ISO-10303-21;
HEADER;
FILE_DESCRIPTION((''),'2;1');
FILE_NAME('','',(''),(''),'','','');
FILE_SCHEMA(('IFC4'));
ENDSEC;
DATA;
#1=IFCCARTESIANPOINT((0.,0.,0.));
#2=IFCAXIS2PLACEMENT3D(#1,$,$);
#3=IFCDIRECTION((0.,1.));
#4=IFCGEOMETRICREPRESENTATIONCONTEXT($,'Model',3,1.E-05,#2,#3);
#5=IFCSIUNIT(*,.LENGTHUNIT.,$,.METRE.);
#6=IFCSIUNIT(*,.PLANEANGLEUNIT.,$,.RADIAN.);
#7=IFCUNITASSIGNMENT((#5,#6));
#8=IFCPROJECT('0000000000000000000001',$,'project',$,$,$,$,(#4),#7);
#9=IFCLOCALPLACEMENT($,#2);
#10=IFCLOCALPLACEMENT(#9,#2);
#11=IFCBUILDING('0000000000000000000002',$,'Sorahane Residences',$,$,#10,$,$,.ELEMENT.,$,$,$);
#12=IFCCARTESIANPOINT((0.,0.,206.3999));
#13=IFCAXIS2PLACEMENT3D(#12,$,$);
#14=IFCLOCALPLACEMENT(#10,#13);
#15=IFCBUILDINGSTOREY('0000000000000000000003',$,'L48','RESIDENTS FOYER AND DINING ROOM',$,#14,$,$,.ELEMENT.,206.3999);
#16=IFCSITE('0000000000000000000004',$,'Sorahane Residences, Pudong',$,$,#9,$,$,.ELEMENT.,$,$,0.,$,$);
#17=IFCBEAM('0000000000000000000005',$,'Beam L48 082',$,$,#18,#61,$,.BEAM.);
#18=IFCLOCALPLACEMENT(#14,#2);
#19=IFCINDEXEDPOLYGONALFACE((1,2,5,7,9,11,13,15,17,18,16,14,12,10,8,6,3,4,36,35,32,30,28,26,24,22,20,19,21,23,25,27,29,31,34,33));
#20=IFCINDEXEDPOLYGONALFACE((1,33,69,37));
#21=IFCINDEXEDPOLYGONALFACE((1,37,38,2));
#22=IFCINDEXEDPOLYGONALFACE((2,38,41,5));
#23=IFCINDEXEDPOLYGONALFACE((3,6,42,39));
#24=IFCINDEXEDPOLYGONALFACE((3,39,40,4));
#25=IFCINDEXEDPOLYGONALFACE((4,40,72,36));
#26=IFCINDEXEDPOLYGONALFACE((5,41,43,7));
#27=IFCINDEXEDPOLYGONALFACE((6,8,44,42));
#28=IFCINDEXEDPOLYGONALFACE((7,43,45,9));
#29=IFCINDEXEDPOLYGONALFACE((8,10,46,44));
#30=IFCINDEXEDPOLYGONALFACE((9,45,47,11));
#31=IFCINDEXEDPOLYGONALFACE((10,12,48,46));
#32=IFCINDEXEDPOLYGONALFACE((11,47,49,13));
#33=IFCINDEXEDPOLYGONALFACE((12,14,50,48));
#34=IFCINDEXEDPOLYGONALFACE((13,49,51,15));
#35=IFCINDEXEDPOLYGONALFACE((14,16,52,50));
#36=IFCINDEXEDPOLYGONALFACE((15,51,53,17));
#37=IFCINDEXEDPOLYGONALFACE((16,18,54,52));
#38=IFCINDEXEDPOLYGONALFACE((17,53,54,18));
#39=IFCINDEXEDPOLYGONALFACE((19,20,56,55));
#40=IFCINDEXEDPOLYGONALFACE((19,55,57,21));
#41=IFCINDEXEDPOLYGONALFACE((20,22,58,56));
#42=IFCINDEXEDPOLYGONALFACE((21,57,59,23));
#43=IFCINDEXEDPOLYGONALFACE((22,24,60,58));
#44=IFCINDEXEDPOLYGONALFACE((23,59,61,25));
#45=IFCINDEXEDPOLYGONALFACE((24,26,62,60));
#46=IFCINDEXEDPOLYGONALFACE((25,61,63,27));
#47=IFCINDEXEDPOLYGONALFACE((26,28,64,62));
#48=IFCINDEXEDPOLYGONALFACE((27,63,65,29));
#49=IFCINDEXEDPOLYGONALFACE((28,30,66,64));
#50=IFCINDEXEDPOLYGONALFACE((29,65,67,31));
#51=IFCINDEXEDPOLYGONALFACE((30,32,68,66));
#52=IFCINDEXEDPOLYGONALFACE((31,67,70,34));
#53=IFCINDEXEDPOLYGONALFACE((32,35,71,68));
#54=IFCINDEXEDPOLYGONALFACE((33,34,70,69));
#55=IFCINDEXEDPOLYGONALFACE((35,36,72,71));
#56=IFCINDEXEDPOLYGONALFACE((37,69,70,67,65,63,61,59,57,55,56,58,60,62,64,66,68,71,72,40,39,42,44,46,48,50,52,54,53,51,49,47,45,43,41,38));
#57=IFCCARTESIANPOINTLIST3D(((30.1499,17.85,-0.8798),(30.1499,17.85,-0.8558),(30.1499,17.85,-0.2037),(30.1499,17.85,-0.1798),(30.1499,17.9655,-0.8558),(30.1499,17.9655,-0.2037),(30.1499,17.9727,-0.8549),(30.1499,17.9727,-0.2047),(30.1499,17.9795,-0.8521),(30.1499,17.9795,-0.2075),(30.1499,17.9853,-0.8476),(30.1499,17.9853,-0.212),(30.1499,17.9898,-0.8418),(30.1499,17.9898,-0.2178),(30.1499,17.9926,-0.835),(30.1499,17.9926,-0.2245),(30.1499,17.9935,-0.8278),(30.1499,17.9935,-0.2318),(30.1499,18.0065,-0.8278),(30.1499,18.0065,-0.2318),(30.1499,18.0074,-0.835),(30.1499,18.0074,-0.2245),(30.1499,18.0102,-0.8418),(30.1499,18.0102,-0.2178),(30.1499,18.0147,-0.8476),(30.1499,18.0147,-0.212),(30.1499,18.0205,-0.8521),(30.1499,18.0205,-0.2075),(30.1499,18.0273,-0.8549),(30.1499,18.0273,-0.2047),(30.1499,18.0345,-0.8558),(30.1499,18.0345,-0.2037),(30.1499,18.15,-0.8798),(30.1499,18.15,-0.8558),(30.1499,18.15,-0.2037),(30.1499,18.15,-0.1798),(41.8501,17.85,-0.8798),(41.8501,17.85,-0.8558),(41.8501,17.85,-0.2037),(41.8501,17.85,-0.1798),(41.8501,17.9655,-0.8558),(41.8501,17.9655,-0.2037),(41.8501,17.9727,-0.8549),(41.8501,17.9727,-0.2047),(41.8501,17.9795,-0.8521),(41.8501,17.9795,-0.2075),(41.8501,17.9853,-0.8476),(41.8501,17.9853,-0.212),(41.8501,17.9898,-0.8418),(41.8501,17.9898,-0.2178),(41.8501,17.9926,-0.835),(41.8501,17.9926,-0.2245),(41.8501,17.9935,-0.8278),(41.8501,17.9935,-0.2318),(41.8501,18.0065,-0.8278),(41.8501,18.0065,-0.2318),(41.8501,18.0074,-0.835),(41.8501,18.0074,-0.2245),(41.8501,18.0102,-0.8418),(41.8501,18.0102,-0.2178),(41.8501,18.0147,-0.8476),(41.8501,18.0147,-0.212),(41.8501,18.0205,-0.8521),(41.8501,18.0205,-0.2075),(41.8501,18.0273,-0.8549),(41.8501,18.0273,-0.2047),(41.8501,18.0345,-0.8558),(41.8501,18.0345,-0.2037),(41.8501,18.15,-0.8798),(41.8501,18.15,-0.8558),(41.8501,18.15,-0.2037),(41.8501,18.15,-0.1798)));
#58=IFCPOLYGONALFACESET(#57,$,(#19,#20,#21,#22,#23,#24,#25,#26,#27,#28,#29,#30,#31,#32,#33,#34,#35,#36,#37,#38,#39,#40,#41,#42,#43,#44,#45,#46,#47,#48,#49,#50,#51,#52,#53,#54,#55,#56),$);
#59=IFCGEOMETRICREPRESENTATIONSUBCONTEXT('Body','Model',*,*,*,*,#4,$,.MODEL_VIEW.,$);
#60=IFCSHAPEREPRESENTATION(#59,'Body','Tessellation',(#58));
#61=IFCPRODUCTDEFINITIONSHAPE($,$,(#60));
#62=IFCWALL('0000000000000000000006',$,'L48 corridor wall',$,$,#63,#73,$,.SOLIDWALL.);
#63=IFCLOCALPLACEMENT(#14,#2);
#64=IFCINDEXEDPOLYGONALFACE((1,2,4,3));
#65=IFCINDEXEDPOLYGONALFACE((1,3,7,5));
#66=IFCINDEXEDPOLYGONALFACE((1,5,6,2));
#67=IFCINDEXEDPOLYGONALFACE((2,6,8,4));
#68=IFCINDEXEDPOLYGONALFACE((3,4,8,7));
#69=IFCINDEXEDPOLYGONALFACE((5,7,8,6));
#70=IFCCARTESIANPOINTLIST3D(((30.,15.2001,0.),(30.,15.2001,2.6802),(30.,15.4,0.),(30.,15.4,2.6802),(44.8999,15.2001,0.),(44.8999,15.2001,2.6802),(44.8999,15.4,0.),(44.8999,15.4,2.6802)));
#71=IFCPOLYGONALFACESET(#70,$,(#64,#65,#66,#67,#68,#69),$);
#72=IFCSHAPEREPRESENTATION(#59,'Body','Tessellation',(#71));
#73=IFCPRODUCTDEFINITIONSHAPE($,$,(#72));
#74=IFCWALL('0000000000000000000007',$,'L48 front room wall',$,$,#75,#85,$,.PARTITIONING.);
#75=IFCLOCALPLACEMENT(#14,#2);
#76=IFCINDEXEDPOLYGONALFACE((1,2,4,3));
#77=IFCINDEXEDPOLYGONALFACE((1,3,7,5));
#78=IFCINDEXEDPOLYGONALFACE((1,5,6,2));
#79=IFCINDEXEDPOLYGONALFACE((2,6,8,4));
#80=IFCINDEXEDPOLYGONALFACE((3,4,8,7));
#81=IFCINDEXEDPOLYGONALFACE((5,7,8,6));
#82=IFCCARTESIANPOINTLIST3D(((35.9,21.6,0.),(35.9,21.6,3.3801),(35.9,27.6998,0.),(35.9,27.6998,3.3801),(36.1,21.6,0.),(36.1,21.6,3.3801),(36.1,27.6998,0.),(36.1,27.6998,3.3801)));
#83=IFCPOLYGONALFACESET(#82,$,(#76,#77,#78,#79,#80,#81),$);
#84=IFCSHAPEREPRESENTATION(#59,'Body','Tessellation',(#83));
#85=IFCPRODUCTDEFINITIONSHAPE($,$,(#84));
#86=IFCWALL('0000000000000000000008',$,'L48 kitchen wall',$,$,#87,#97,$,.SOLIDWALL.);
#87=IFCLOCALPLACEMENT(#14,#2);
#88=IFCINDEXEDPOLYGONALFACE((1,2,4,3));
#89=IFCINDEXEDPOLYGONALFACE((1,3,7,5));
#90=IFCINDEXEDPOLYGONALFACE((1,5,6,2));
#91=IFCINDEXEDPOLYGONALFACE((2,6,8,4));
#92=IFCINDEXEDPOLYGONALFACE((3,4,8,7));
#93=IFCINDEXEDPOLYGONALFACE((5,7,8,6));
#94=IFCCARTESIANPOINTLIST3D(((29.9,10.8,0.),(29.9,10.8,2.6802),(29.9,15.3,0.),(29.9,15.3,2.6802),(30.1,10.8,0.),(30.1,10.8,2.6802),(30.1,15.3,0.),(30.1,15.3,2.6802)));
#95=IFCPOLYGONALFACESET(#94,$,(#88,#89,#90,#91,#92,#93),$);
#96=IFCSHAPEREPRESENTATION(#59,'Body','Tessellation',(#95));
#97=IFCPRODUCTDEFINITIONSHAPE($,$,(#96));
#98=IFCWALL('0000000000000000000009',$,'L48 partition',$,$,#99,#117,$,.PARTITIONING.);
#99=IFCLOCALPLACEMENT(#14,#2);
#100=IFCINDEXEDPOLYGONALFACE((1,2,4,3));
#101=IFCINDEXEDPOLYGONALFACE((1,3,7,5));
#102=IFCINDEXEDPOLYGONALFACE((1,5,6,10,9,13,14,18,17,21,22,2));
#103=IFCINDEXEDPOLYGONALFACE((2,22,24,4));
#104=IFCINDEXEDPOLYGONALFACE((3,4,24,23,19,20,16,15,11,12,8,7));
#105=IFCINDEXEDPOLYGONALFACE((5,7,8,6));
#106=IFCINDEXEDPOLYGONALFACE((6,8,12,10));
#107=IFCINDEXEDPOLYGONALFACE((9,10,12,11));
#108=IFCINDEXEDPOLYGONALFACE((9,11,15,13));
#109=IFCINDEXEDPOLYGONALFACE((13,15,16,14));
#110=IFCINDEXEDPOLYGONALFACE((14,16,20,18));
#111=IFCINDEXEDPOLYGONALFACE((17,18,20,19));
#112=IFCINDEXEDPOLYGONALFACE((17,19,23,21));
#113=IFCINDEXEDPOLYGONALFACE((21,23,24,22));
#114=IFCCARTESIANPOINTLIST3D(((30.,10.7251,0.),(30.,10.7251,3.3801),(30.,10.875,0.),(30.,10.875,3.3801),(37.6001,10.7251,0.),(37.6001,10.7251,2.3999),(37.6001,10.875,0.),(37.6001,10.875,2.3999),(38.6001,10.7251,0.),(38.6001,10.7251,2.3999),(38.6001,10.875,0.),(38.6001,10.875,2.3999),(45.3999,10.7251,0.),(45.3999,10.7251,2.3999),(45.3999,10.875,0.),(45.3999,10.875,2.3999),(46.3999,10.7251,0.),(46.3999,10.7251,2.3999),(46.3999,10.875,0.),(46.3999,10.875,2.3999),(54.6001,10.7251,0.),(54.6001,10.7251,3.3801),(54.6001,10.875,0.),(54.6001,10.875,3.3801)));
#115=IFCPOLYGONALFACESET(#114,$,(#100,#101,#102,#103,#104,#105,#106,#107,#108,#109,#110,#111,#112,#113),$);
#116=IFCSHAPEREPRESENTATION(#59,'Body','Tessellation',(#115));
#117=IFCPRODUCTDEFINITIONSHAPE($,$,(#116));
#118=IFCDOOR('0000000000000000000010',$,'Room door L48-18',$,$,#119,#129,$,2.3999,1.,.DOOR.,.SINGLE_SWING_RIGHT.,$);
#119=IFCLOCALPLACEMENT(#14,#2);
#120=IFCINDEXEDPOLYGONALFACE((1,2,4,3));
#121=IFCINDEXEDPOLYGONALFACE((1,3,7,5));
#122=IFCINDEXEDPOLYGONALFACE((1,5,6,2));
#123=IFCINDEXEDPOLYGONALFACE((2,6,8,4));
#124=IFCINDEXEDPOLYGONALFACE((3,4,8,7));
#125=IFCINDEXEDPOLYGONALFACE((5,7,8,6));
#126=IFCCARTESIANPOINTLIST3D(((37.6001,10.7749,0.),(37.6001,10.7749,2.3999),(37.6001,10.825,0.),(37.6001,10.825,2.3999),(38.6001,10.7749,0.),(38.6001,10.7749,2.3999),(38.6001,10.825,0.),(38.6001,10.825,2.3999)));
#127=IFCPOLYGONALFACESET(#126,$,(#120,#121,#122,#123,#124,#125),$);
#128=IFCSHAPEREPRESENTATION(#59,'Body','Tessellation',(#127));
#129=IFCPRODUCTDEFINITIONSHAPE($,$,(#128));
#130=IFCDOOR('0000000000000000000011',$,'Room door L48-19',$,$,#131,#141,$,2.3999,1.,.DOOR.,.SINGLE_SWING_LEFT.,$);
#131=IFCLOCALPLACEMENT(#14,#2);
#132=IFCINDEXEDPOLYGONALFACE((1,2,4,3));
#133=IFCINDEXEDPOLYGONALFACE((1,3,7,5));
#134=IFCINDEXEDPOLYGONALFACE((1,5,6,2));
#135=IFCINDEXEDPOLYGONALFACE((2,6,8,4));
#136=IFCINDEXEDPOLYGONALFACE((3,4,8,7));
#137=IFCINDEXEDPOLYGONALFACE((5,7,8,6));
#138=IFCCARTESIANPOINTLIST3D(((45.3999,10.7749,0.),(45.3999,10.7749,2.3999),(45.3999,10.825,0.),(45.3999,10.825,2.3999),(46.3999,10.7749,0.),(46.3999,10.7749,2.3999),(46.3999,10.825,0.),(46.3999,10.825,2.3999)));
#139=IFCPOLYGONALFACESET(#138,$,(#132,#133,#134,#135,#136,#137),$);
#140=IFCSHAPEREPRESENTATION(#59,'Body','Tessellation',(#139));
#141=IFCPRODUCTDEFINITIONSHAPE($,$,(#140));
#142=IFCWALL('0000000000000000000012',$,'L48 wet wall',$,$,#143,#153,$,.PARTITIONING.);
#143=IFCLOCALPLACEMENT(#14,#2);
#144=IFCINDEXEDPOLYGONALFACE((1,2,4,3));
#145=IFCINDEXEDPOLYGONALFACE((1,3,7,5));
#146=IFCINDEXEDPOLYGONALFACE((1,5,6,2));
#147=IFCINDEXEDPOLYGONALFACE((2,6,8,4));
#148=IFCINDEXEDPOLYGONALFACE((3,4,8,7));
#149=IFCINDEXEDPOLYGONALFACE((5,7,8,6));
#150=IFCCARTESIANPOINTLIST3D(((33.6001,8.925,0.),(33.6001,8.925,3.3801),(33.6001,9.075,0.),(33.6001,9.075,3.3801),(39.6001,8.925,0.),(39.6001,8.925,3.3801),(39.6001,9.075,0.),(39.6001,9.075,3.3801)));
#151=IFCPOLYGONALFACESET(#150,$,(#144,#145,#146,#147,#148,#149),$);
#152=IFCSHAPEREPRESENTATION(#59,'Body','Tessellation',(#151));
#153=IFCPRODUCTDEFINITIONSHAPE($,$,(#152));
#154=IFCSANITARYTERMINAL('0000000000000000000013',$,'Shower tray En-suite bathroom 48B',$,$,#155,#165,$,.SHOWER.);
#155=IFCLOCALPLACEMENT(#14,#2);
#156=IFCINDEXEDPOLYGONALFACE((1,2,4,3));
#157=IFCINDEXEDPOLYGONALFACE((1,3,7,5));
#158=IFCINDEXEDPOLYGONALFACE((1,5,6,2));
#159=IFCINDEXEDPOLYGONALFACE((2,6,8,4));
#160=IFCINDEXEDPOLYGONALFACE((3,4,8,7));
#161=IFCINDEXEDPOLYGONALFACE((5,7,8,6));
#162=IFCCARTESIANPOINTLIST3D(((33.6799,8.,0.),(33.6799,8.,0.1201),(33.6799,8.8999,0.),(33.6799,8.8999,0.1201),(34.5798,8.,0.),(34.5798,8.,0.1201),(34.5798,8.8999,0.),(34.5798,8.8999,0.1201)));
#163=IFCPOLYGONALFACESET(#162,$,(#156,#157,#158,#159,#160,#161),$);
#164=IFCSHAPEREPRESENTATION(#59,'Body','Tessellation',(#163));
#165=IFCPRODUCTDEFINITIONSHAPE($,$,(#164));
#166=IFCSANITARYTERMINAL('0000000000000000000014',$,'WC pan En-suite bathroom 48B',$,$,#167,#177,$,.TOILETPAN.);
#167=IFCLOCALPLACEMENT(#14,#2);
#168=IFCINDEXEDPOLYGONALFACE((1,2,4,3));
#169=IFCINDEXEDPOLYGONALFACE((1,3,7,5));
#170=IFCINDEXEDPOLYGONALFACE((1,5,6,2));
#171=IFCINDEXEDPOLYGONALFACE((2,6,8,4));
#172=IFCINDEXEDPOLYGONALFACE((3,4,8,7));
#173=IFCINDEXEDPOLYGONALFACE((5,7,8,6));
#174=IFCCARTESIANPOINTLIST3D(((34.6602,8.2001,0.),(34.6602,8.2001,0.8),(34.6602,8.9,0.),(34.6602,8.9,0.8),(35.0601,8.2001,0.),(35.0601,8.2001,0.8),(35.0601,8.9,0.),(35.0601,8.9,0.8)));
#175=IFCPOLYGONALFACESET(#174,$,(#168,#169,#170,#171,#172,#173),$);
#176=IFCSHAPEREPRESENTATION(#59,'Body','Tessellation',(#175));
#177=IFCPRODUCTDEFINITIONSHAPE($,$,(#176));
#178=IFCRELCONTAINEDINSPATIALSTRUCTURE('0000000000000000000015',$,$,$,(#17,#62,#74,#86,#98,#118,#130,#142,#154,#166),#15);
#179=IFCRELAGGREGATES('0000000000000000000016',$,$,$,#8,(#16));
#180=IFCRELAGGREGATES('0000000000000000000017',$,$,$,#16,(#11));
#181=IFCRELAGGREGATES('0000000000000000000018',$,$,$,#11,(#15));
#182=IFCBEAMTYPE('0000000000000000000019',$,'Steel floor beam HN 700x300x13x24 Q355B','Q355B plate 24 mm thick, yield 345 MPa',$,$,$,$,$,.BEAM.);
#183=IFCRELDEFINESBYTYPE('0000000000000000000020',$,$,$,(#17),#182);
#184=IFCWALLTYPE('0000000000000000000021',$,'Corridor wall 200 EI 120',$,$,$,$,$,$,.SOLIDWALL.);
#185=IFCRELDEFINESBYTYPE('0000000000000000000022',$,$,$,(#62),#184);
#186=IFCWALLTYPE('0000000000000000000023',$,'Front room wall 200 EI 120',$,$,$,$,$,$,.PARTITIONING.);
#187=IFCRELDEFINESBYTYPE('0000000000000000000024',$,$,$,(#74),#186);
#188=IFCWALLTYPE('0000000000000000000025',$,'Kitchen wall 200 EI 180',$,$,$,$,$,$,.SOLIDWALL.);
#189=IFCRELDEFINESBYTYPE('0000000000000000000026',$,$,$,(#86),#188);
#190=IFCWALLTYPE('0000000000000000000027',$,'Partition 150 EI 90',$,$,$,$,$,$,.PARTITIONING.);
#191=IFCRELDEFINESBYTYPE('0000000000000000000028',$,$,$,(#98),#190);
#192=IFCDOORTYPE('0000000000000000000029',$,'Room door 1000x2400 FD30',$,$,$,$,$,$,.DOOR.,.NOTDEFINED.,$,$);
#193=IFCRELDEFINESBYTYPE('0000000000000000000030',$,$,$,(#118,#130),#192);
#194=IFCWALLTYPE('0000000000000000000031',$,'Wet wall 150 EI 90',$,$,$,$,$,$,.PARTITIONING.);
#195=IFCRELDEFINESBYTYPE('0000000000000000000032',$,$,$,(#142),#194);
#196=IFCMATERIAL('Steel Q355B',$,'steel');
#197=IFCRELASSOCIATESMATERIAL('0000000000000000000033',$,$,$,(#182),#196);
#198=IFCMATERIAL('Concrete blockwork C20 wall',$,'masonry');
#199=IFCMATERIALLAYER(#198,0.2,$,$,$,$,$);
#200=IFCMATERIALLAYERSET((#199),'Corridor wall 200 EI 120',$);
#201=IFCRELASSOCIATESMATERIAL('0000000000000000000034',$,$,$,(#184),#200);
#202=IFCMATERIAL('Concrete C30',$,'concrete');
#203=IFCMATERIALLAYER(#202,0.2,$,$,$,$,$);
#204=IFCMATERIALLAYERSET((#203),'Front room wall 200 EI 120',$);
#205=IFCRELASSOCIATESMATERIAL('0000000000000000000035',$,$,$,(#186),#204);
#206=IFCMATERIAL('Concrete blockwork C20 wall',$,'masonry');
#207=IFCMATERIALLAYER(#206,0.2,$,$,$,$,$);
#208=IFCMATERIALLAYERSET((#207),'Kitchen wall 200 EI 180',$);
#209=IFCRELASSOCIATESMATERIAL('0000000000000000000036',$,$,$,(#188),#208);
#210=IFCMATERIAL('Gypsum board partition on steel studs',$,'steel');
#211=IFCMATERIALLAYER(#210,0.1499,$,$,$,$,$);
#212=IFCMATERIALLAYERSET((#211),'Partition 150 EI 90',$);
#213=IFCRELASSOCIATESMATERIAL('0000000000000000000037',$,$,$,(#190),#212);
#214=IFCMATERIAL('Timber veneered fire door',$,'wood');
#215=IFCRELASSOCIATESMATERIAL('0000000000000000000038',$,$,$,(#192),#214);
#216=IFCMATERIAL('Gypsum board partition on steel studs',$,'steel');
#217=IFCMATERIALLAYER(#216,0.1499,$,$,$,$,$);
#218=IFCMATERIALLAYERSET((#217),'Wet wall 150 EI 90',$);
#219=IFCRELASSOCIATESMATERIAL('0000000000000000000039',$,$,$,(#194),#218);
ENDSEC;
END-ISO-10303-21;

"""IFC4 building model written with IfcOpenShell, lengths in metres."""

from ifc_helpers import new_model, si_unit, direction, frame, frame_2d, origin, origin_2d, place, context, subcontext, project, spatial, rectangle, i_section, extrude, material, layer, layer_set, material_profile, profile_set, type_object, element, fill, save


model = new_model("IFC4")

# Units and contexts
model_context = context("Model", 3, precision=1e-05, world=origin(), true_north=direction((0.0, 1.0)))
body_context = subcontext(model_context, "Body", "Model", "MODEL_VIEW")
ifc_project = project(units=[si_unit("LENGTHUNIT", "METRE"), si_unit("PLANEANGLEUNIT", "RADIAN")], contexts=[model_context])

# Site, building, storey
site_placement = place(None, origin())
site = spatial("IfcSite", under=ifc_project, at=site_placement, Name="Sorahane Residences, Pudong", CompositionType="ELEMENT", RefElevation=0.0)
building_placement = place(site_placement, origin())
building = spatial("IfcBuilding", under=site, at=building_placement, Name="Sorahane Residences", CompositionType="ELEMENT")
storey_placement = place(building_placement, frame((0.0, 0.0, 206.3999)))
storey = spatial("IfcBuildingStorey", under=building, at=storey_placement, Name="L48", Description="RESIDENTS FOYER AND DINING ROOM", CompositionType="ELEMENT", Elevation=206.3999)

# Beam
ifc_material_1 = material(Name="Steel Q355B", Category="steel")
ifc_material_profile_1 = material_profile(ifc_material_1, i_section(OverallWidth=0.3, OverallDepth=0.7, WebThickness=0.0129, FlangeThickness=0.0239, FilletRadius=0.0281, at=origin_2d()), Name="HN 700x300x13x24")
ifc_profile_set_1 = profile_set([ifc_material_profile_1], Name="Steel Q355B")
beam_type_1 = type_object("IfcBeamType", Name="Steel floor beam HN 700x300x13x24 Q355B", Description="Q355B plate 24 mm thick, yield 345 MPa", PredefinedType="BEAM", material=ifc_profile_set_1)
beam_1_placement = place(storey_placement, frame((30.1499, 18.0, -0.5298), z_axis=(1.0, 0.0, 0.0), x_axis=(0.0, 1.0, 0.0)))
element("IfcBeam", 1, at=beam_1_placement, inside=storey, type_object=beam_type_1, Name="Beam L48 082", PredefinedType="BEAM", context=body_context, shape_type="SweptSolid", body=[
    extrude(i_section(OverallWidth=0.3, OverallDepth=0.7, WebThickness=0.0129, FlangeThickness=0.0239, FilletRadius=0.0281, at=origin_2d()), origin(), (0.0, 0.0, 1.0), 11.7002),
])

# Walls
ifc_material_2 = material(Name="Concrete blockwork C20 wall", Category="masonry")
ifc_layer_1 = layer(ifc_material_2, 0.2)
ifc_layer_set_1 = layer_set([ifc_layer_1], Name="Corridor wall 200 EI 120")
wall_type_1 = type_object("IfcWallType", Name="Corridor wall 200 EI 120", PredefinedType="SOLIDWALL", material=ifc_layer_set_1)
wall_1_placement = place(storey_placement, frame((30.0, 15.3, 0.0), z_axis=(0.0, 0.0, 1.0), x_axis=(1.0, 0.0, 0.0)))
element("IfcWall", 2, at=wall_1_placement, inside=storey, type_object=wall_type_1, Name="L48 corridor wall", PredefinedType="SOLIDWALL", context=body_context, shape_type="SweptSolid", body=[
    extrude(rectangle(XDim=14.8999, YDim=0.2, at=frame_2d((7.45, 0.0))), origin(), (0.0, 0.0, 1.0), 2.6802),
])
ifc_material_3 = material(Name="Concrete C30", Category="concrete")
ifc_layer_2 = layer(ifc_material_3, 0.2)
ifc_layer_set_2 = layer_set([ifc_layer_2], Name="Front room wall 200 EI 120")
wall_type_2 = type_object("IfcWallType", Name="Front room wall 200 EI 120", PredefinedType="PARTITIONING", material=ifc_layer_set_2)
wall_2_placement = place(storey_placement, frame((36.0, 21.6001, 0.0), z_axis=(0.0, 0.0, 1.0), x_axis=(0.0, 1.0, 0.0)))
element("IfcWall", 3, at=wall_2_placement, inside=storey, type_object=wall_type_2, Name="L48 front room wall", PredefinedType="PARTITIONING", context=body_context, shape_type="SweptSolid", body=[
    extrude(rectangle(XDim=6.0999, YDim=0.2, at=frame_2d((3.0498, 0.0))), origin(), (0.0, 0.0, 1.0), 3.3801),
])
ifc_material_4 = material(Name="Concrete blockwork C20 wall", Category="masonry")
ifc_layer_3 = layer(ifc_material_4, 0.2)
ifc_layer_set_3 = layer_set([ifc_layer_3], Name="Kitchen wall 200 EI 180")
wall_type_3 = type_object("IfcWallType", Name="Kitchen wall 200 EI 180", PredefinedType="SOLIDWALL", material=ifc_layer_set_3)
wall_3_placement = place(storey_placement, frame((30.0, 10.8, 0.0), z_axis=(0.0, 0.0, 1.0), x_axis=(0.0, 1.0, 0.0)))
element("IfcWall", 4, at=wall_3_placement, inside=storey, type_object=wall_type_3, Name="L48 kitchen wall", PredefinedType="SOLIDWALL", context=body_context, shape_type="SweptSolid", body=[
    extrude(rectangle(XDim=4.5, YDim=0.2, at=frame_2d((2.25, 0.0))), origin(), (0.0, 0.0, 1.0), 2.6802),
])

# Wall, openings, doors
ifc_material_5 = material(Name="Gypsum board partition on steel studs", Category="steel")
ifc_layer_4 = layer(ifc_material_5, 0.1499)
ifc_layer_set_4 = layer_set([ifc_layer_4], Name="Partition 150 EI 90")
wall_type_4 = type_object("IfcWallType", Name="Partition 150 EI 90", PredefinedType="PARTITIONING", material=ifc_layer_set_4)
wall_4_placement = place(storey_placement, frame((30.0, 10.8, 0.0), z_axis=(0.0, 0.0, 1.0), x_axis=(1.0, 0.0, 0.0)))
wall_4 = element("IfcWall", 5, at=wall_4_placement, inside=storey, type_object=wall_type_4, Name="L48 partition", PredefinedType="PARTITIONING", context=body_context, shape_type="SweptSolid", body=[
    extrude(rectangle(XDim=24.6001, YDim=0.1499, at=frame_2d((12.3, 0.0))), origin(), (0.0, 0.0, 1.0), 3.3801),
])
opening_1_placement = place(wall_4_placement, frame((7.6001, 0.0, 0.0)))
opening_1 = element("IfcOpeningElement", 6, at=opening_1_placement, cuts=wall_4, PredefinedType="OPENING", context=body_context, shape_type="SweptSolid", body=[
    extrude(rectangle(XDim=1.0, YDim=2.3999, at=frame_2d((0.5, 1.2))), frame((0.0, 0.085, 0.0), z_axis=(0.0, -1.0, 0.0), x_axis=(1.0, 0.0, 0.0)), (0.0, 0.0, 1.0), 0.1699),
])
opening_2_placement = place(wall_4_placement, frame((15.3999, 0.0, 0.0)))
opening_2 = element("IfcOpeningElement", 7, at=opening_2_placement, cuts=wall_4, PredefinedType="OPENING", context=body_context, shape_type="SweptSolid", body=[
    extrude(rectangle(XDim=1.0, YDim=2.3999, at=frame_2d((0.5, 1.2))), frame((0.0, 0.085, 0.0), z_axis=(0.0, -1.0, 0.0), x_axis=(1.0, 0.0, 0.0)), (0.0, 0.0, 1.0), 0.1699),
])
ifc_material_6 = material(Name="Timber veneered fire door", Category="wood")
door_type = type_object("IfcDoorType", Name="Room door 1000x2400 FD30", OperationType="NOTDEFINED", PredefinedType="DOOR", material=ifc_material_6)
door_1_placement = place(opening_1_placement, origin())
door_1 = element("IfcDoor", 8, at=door_1_placement, inside=storey, type_object=door_type, Name="Room door L48-18", OperationType="SINGLE_SWING_RIGHT", OverallHeight=2.3999, OverallWidth=1.0, PredefinedType="DOOR", context=body_context, shape_type="SweptSolid", body=[
    extrude(rectangle(XDim=1.0, YDim=2.3999, at=frame_2d((0.5, 1.2))), frame((0.0, 0.0249, 0.0), z_axis=(0.0, -1.0, 0.0), x_axis=(1.0, 0.0, 0.0)), (0.0, 0.0, 1.0), 0.05),
])
fill(opening_1, door_1)
door_2_placement = place(opening_2_placement, origin())
door_2 = element("IfcDoor", 9, at=door_2_placement, inside=storey, type_object=door_type, Name="Room door L48-19", OperationType="SINGLE_SWING_LEFT", OverallHeight=2.3999, OverallWidth=1.0, PredefinedType="DOOR", context=body_context, shape_type="SweptSolid", body=[
    extrude(rectangle(XDim=1.0, YDim=2.3999, at=frame_2d((0.5, 1.2))), frame((0.0, 0.0249, 0.0), z_axis=(0.0, -1.0, 0.0), x_axis=(1.0, 0.0, 0.0)), (0.0, 0.0, 1.0), 0.05),
])
fill(opening_2, door_2)

# Wall
ifc_material_7 = material(Name="Gypsum board partition on steel studs", Category="steel")
ifc_layer_5 = layer(ifc_material_7, 0.1499)
ifc_layer_set_5 = layer_set([ifc_layer_5], Name="Wet wall 150 EI 90")
wall_type_5 = type_object("IfcWallType", Name="Wet wall 150 EI 90", PredefinedType="PARTITIONING", material=ifc_layer_set_5)
wall_5_placement = place(storey_placement, frame((33.6001, 9.0, 0.0), z_axis=(0.0, 0.0, 1.0), x_axis=(1.0, 0.0, 0.0)))
element("IfcWall", 10, at=wall_5_placement, inside=storey, type_object=wall_type_5, Name="L48 wet wall", PredefinedType="PARTITIONING", context=body_context, shape_type="SweptSolid", body=[
    extrude(rectangle(XDim=6.0, YDim=0.1499, at=frame_2d((3.0, 0.0))), origin(), (0.0, 0.0, 1.0), 3.3801),
])

# Sanitary terminals
sanitary_terminal_1_placement = place(storey_placement, frame((34.1299, 8.45, 0.0), z_axis=(0.0, 0.0, 1.0), x_axis=(1.0, 0.0, 0.0)))
element("IfcSanitaryTerminal", 11, at=sanitary_terminal_1_placement, inside=storey, Name="Shower tray En-suite bathroom 48B", PredefinedType="SHOWER", context=body_context, shape_type="SweptSolid", body=[
    extrude(rectangle(XDim=0.8999, YDim=0.8999, at=origin_2d()), origin(), (0.0, 0.0, 1.0), 0.1201),
])
sanitary_terminal_2_placement = place(storey_placement, frame((34.8601, 8.55, 0.0), z_axis=(0.0, 0.0, 1.0), x_axis=(1.0, 0.0, 0.0)))
element("IfcSanitaryTerminal", 12, at=sanitary_terminal_2_placement, inside=storey, Name="WC pan En-suite bathroom 48B", PredefinedType="TOILETPAN", context=body_context, shape_type="SweptSolid", body=[
    extrude(rectangle(XDim=0.3999, YDim=0.7, at=origin_2d()), origin(), (0.0, 0.0, 1.0), 0.8),
])

save(model, "model.ifc")
